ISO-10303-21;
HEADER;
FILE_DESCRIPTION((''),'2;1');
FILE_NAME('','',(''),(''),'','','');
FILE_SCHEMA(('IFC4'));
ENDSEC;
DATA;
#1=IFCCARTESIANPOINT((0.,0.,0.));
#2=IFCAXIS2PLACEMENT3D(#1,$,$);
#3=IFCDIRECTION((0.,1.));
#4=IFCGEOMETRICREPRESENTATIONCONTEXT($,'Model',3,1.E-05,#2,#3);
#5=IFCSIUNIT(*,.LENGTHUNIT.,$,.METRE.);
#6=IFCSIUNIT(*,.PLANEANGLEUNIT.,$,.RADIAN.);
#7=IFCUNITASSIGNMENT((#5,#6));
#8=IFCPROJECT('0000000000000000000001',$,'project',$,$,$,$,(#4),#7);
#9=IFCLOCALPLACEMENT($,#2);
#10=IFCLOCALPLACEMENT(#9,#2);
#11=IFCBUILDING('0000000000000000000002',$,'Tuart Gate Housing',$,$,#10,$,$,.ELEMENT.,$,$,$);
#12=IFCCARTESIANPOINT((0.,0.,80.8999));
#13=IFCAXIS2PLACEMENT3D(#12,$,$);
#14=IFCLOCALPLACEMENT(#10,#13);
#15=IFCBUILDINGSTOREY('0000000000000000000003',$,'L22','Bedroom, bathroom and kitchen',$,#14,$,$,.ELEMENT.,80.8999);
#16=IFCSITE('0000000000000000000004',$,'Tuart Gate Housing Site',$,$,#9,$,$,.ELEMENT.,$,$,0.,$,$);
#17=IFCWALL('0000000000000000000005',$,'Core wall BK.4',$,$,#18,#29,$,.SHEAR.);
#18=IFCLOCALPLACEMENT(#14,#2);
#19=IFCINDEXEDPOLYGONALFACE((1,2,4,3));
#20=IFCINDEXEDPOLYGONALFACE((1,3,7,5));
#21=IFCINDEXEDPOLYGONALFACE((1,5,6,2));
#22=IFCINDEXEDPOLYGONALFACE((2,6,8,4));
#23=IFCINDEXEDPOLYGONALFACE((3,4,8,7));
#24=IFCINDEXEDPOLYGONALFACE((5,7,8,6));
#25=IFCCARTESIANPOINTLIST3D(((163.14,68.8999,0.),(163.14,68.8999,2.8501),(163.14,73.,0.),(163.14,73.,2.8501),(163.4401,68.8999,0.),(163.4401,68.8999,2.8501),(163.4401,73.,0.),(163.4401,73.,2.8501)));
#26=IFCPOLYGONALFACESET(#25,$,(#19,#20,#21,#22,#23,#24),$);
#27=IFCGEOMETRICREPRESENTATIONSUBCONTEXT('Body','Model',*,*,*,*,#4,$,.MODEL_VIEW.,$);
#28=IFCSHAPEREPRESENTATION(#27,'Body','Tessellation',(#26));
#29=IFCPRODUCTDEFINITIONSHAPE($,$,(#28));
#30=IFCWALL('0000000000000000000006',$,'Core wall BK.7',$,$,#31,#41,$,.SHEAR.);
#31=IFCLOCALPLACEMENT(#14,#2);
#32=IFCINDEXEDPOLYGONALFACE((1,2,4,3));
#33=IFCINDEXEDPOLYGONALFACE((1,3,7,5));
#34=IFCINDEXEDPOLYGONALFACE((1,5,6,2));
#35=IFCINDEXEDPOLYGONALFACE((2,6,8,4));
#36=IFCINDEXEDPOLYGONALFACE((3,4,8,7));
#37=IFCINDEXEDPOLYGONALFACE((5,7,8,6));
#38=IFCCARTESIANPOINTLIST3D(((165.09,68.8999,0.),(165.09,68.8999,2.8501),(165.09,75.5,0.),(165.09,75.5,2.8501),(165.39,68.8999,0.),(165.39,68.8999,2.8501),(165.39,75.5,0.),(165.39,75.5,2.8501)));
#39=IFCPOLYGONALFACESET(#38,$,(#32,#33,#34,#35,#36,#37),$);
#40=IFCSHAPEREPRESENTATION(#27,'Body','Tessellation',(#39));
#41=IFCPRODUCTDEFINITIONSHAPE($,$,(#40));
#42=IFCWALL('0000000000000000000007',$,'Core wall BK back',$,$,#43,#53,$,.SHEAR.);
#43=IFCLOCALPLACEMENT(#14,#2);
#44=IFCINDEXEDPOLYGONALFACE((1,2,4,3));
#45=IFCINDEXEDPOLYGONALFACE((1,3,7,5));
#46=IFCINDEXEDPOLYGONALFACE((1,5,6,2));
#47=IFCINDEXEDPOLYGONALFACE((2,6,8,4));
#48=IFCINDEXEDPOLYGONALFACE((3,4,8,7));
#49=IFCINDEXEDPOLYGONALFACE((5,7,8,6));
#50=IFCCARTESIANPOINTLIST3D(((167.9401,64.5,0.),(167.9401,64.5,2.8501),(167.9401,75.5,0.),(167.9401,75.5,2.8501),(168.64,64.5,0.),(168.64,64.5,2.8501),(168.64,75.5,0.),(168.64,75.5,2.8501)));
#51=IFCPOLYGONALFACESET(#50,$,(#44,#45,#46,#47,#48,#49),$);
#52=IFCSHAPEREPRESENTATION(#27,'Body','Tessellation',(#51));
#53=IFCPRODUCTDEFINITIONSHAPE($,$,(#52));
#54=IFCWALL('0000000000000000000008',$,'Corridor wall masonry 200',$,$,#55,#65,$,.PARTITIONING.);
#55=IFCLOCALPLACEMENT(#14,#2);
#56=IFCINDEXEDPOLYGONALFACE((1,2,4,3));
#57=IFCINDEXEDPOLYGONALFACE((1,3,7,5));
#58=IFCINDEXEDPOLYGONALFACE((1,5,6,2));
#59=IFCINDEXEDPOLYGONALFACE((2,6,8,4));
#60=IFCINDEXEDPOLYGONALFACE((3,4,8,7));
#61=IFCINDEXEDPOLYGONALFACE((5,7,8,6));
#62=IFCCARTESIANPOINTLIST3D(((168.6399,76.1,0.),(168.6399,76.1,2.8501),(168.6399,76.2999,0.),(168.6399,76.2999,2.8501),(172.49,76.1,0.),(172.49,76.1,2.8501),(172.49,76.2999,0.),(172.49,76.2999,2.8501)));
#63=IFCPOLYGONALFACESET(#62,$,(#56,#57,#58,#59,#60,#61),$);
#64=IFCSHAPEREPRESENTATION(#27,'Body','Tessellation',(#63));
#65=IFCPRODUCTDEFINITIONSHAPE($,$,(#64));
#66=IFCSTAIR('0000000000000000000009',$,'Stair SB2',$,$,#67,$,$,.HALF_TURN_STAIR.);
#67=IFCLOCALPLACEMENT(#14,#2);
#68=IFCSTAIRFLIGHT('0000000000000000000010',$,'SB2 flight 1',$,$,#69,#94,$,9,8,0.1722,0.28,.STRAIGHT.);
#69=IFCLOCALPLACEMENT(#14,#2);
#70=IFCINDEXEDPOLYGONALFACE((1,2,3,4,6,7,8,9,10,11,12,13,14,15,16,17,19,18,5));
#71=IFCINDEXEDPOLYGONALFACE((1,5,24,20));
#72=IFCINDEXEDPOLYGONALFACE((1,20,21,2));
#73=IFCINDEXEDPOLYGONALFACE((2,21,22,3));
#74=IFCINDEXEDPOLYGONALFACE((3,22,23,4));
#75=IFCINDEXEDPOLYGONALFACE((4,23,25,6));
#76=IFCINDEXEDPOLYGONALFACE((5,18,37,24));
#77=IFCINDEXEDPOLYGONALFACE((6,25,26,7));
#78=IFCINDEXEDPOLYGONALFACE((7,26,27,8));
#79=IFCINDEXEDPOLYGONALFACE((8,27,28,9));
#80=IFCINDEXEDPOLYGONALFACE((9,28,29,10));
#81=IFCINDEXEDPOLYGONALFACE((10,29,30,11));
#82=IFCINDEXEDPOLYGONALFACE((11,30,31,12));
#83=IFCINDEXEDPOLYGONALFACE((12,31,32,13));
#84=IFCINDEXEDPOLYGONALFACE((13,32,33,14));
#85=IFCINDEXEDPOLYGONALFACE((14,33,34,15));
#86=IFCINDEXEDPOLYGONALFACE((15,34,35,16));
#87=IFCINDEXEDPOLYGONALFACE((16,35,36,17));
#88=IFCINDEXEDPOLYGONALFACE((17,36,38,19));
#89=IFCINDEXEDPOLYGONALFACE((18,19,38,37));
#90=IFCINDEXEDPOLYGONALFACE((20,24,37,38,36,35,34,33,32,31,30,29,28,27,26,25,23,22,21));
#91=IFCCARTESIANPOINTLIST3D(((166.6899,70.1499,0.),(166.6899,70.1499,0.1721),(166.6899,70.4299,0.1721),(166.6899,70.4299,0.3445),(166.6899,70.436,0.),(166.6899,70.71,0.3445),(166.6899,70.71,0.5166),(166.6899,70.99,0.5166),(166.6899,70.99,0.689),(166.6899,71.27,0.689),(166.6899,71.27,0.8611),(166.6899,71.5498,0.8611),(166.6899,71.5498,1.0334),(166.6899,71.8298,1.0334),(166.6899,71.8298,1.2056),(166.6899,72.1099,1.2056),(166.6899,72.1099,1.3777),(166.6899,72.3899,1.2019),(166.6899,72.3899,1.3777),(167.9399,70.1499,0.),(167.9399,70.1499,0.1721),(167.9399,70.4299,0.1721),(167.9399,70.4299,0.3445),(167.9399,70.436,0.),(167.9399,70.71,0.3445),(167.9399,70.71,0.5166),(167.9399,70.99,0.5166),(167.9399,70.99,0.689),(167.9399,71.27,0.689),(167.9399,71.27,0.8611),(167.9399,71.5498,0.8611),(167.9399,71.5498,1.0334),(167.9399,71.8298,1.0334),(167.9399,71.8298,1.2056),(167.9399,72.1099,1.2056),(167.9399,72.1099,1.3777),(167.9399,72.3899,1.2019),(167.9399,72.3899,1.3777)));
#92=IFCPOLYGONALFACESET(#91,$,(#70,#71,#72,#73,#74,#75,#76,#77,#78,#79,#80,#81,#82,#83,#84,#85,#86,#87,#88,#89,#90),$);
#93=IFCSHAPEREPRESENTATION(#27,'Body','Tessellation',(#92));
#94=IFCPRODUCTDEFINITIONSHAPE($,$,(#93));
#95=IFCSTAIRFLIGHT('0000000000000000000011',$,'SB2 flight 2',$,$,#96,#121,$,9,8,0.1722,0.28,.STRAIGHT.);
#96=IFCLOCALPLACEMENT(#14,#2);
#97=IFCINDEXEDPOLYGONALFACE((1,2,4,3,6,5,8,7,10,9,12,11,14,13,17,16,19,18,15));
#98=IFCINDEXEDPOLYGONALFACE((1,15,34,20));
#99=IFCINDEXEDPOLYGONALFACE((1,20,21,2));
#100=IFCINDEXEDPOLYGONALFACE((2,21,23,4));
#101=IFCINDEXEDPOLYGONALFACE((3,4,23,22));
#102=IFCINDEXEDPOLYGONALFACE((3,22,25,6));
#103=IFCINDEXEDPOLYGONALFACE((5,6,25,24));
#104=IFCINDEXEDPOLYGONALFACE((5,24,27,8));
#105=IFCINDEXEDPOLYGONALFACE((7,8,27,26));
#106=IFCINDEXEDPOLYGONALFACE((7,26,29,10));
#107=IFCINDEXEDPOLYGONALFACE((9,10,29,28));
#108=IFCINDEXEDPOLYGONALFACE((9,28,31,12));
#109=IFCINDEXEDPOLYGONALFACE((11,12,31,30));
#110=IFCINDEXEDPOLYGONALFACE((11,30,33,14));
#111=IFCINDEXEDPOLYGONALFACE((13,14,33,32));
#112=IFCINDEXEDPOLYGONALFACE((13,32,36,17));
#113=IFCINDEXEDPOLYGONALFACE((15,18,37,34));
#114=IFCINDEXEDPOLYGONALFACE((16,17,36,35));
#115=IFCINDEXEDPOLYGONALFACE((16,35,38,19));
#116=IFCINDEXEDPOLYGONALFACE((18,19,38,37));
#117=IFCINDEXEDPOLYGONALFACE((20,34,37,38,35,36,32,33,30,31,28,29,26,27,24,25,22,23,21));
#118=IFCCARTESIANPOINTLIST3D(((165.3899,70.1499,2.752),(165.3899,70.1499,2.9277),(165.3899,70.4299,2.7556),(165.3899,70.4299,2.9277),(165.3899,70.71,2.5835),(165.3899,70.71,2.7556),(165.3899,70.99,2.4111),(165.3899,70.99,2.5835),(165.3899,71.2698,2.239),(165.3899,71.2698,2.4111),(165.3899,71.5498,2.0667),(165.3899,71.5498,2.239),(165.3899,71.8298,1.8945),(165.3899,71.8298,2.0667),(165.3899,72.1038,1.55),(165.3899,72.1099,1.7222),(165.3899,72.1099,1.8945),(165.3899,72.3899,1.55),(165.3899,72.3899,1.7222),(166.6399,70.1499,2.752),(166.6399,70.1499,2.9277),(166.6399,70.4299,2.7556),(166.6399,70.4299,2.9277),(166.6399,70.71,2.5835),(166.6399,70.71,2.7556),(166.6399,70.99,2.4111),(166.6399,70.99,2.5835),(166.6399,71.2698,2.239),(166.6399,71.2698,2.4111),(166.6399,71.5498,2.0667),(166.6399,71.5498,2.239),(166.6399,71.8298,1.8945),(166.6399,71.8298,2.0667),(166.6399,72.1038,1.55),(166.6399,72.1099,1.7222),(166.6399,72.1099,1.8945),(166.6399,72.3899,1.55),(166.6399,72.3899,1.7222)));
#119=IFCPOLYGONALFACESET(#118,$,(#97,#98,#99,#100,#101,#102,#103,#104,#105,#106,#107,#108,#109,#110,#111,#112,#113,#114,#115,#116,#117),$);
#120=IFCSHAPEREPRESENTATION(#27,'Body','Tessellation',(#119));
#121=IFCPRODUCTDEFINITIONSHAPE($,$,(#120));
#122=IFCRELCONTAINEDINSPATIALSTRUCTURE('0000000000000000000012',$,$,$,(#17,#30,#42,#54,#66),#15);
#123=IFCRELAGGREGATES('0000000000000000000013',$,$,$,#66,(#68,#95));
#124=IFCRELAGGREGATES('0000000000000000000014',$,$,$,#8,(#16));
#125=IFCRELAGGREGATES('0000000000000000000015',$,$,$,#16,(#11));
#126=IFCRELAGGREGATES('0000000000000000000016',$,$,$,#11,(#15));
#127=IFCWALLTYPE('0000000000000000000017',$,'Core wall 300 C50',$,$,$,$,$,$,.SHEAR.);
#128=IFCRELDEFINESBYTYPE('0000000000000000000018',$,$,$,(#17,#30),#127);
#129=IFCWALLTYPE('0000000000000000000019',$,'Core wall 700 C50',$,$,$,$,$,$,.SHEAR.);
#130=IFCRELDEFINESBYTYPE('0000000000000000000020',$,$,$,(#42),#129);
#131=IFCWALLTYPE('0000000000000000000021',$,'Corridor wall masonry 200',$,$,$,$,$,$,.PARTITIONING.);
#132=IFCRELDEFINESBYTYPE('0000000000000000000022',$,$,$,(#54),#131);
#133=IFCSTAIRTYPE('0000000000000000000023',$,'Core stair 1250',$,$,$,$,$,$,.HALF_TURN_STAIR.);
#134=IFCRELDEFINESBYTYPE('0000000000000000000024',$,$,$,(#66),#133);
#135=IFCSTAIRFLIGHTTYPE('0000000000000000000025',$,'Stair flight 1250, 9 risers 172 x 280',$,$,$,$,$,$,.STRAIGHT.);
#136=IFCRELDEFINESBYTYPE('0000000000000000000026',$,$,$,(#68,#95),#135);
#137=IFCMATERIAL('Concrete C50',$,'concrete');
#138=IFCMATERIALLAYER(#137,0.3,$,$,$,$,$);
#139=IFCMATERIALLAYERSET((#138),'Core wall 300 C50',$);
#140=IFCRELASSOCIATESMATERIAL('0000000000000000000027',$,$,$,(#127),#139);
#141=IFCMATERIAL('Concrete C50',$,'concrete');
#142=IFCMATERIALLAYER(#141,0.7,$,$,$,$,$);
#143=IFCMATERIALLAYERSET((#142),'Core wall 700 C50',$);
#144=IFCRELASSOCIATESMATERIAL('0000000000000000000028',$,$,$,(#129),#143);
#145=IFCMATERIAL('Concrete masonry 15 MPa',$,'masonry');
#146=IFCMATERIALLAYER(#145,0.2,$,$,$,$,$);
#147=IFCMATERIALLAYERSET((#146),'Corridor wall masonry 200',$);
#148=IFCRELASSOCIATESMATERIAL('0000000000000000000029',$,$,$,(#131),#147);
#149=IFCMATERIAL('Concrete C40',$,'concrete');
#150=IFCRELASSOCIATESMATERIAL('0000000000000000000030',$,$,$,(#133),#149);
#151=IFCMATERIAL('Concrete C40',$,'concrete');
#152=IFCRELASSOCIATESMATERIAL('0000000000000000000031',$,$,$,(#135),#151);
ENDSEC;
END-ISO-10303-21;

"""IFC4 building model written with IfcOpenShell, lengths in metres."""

from ifc_helpers import new_model, si_unit, direction, frame, frame_2d, origin, place, context, subcontext, project, spatial, polyline, rectangle, outline, extrude, material, layer, layer_set, type_object, element, aggregate, save


model = new_model("IFC4")

# Units and contexts
model_context = context("Model", 3, precision=1e-05, world=origin(), true_north=direction((0.0, 1.0)))
body_context = subcontext(model_context, "Body", "Model", "MODEL_VIEW")
ifc_project = project(units=[si_unit("LENGTHUNIT", "METRE"), si_unit("PLANEANGLEUNIT", "RADIAN")], contexts=[model_context])

# Site, building, storey
site_placement = place(None, origin())
site = spatial("IfcSite", under=ifc_project, at=site_placement, Name="Tuart Gate Housing Site", CompositionType="ELEMENT", RefElevation=0.0)
building_placement = place(site_placement, origin())
building = spatial("IfcBuilding", under=site, at=building_placement, Name="Tuart Gate Housing", CompositionType="ELEMENT")
storey_placement = place(building_placement, frame((0.0, 0.0, 80.8999)))
storey = spatial("IfcBuildingStorey", under=building, at=storey_placement, Name="L22", Description="Bedroom, bathroom and kitchen", CompositionType="ELEMENT", Elevation=80.8999)

# Walls
ifc_material_1 = material(Name="Concrete C50", Category="concrete")
ifc_layer_1 = layer(ifc_material_1, 0.3)
ifc_layer_set_1 = layer_set([ifc_layer_1], Name="Core wall 300 C50")
wall_type_1 = type_object("IfcWallType", Name="Core wall 300 C50", PredefinedType="SHEAR", material=ifc_layer_set_1)
wall_1_placement = place(storey_placement, frame((163.29, 73.0, 0.0), z_axis=(0.0, 0.0, 1.0), x_axis=(0.0, -1.0, 0.0)))
element("IfcWall", 1, at=wall_1_placement, inside=storey, type_object=wall_type_1, Name="Core wall BK.4", PredefinedType="SHEAR", context=body_context, shape_type="SweptSolid", body=[
    extrude(rectangle(XDim=4.1001, YDim=0.3, at=frame_2d((2.05, 0.0))), origin(), (0.0, 0.0, 1.0), 2.8501),
])
wall_2_placement = place(storey_placement, frame((165.24, 75.5, 0.0), z_axis=(0.0, 0.0, 1.0), x_axis=(0.0, -1.0, 0.0)))
element("IfcWall", 2, at=wall_2_placement, inside=storey, type_object=wall_type_1, Name="Core wall BK.7", PredefinedType="SHEAR", context=body_context, shape_type="SweptSolid", body=[
    extrude(rectangle(XDim=6.6001, YDim=0.3, at=frame_2d((3.3, 0.0))), origin(), (0.0, 0.0, 1.0), 2.8501),
])
ifc_material_2 = material(Name="Concrete C50", Category="concrete")
ifc_layer_2 = layer(ifc_material_2, 0.7)
ifc_layer_set_2 = layer_set([ifc_layer_2], Name="Core wall 700 C50")
wall_type_2 = type_object("IfcWallType", Name="Core wall 700 C50", PredefinedType="SHEAR", material=ifc_layer_set_2)
wall_3_placement = place(storey_placement, frame((168.29, 75.5, 0.0), z_axis=(0.0, 0.0, 1.0), x_axis=(0.0, -1.0, 0.0)))
element("IfcWall", 3, at=wall_3_placement, inside=storey, type_object=wall_type_2, Name="Core wall BK back", PredefinedType="SHEAR", context=body_context, shape_type="SweptSolid", body=[
    extrude(rectangle(XDim=11.0, YDim=0.7, at=frame_2d((5.5, 0.0))), origin(), (0.0, 0.0, 1.0), 2.8501),
])
ifc_material_3 = material(Name="Concrete masonry 15 MPa", Category="masonry")
ifc_layer_3 = layer(ifc_material_3, 0.2)
ifc_layer_set_3 = layer_set([ifc_layer_3], Name="Corridor wall masonry 200")
wall_type_3 = type_object("IfcWallType", Name="Corridor wall masonry 200", PredefinedType="PARTITIONING", material=ifc_layer_set_3)
wall_4_placement = place(storey_placement, frame((168.6399, 76.2, 0.0), z_axis=(0.0, 0.0, 1.0), x_axis=(1.0, 0.0, 0.0)))
element("IfcWall", 4, at=wall_4_placement, inside=storey, type_object=wall_type_3, Name="Corridor wall masonry 200", PredefinedType="PARTITIONING", context=body_context, shape_type="SweptSolid", body=[
    extrude(rectangle(XDim=3.8501, YDim=0.2, at=frame_2d((1.925, 0.0))), origin(), (0.0, 0.0, 1.0), 2.8501),
])

# Stair, stair flights
ifc_material_4 = material(Name="Concrete C40", Category="concrete")
stair_type = type_object("IfcStairType", Name="Core stair 1250", PredefinedType="HALF_TURN_STAIR", material=ifc_material_4)
stair_placement = place(storey_placement, origin())
stair = element("IfcStair", 5, at=stair_placement, inside=storey, type_object=stair_type, Name="Stair SB2", PredefinedType="HALF_TURN_STAIR")
ifc_material_5 = material(Name="Concrete C40", Category="concrete")
stair_flight_type = type_object("IfcStairFlightType", Name="Stair flight 1250, 9 risers 172 x 280", PredefinedType="STRAIGHT", material=ifc_material_5)
stair_flight_1_placement = place(storey_placement, frame((167.3149, 70.1499, 0.0), z_axis=(0.0, 0.0, 1.0), x_axis=(0.0, 1.0, 0.0)))
stair_flight_1 = element("IfcStairFlight", 6, at=stair_flight_1_placement, type_object=stair_flight_type, Name="SB2 flight 1", NumberOfRisers=9, NumberOfTreads=8, PredefinedType="STRAIGHT", RiserHeight=0.1722, TreadLength=0.28, context=body_context, shape_type="SweptSolid", body=[
    extrude(outline(polyline([(0.0, 0.0), (0.0, 0.1721), (0.28, 0.1721), (0.28, 0.3445), (0.5601, 0.3445), (0.5601, 0.5166), (0.8401, 0.5166), (0.8401, 0.689), (1.1201, 0.689), (1.1201, 0.8611), (1.3999, 0.8611), (1.3999, 1.0334), (1.6799, 1.0334), (1.6799, 1.2056), (1.96, 1.2056), (1.96, 1.3777), (2.24, 1.3777), (2.24, 1.55), (2.24, 1.2019), (0.2861, 0.0), (0.0, 0.0)])), frame((0.0, 0.625, 0.0), z_axis=(0.0, -1.0, 0.0), x_axis=(1.0, 0.0, 0.0)), (0.0, 0.0, 1.0), 1.25),
])
stair_flight_2_placement = place(storey_placement, frame((166.0149, 72.3899, 1.55), z_axis=(0.0, 0.0, 1.0), x_axis=(0.0, -1.0, 0.0)))
stair_flight_2 = element("IfcStairFlight", 7, at=stair_flight_2_placement, type_object=stair_flight_type, Name="SB2 flight 2", NumberOfRisers=9, NumberOfTreads=8, PredefinedType="STRAIGHT", RiserHeight=0.1722, TreadLength=0.28, context=body_context, shape_type="SweptSolid", body=[
    extrude(outline(polyline([(0.0, 0.0), (0.0, 0.1721), (0.28, 0.1721), (0.28, 0.3445), (0.5601, 0.3445), (0.5601, 0.5166), (0.8401, 0.5166), (0.8401, 0.689), (1.1201, 0.689), (1.1201, 0.8611), (1.3999, 0.8611), (1.3999, 1.0334), (1.6799, 1.0334), (1.6799, 1.2056), (1.96, 1.2056), (1.96, 1.3777), (2.24, 1.3777), (2.24, 1.55), (2.24, 1.2019), (0.2861, 0.0), (0.0, 0.0)])), frame((0.0, 0.625, 0.0), z_axis=(0.0, -1.0, 0.0), x_axis=(1.0, 0.0, 0.0)), (0.0, 0.0, 1.0), 1.25),
])
aggregate(stair, [stair_flight_1, stair_flight_2])

save(model, "model.ifc")
